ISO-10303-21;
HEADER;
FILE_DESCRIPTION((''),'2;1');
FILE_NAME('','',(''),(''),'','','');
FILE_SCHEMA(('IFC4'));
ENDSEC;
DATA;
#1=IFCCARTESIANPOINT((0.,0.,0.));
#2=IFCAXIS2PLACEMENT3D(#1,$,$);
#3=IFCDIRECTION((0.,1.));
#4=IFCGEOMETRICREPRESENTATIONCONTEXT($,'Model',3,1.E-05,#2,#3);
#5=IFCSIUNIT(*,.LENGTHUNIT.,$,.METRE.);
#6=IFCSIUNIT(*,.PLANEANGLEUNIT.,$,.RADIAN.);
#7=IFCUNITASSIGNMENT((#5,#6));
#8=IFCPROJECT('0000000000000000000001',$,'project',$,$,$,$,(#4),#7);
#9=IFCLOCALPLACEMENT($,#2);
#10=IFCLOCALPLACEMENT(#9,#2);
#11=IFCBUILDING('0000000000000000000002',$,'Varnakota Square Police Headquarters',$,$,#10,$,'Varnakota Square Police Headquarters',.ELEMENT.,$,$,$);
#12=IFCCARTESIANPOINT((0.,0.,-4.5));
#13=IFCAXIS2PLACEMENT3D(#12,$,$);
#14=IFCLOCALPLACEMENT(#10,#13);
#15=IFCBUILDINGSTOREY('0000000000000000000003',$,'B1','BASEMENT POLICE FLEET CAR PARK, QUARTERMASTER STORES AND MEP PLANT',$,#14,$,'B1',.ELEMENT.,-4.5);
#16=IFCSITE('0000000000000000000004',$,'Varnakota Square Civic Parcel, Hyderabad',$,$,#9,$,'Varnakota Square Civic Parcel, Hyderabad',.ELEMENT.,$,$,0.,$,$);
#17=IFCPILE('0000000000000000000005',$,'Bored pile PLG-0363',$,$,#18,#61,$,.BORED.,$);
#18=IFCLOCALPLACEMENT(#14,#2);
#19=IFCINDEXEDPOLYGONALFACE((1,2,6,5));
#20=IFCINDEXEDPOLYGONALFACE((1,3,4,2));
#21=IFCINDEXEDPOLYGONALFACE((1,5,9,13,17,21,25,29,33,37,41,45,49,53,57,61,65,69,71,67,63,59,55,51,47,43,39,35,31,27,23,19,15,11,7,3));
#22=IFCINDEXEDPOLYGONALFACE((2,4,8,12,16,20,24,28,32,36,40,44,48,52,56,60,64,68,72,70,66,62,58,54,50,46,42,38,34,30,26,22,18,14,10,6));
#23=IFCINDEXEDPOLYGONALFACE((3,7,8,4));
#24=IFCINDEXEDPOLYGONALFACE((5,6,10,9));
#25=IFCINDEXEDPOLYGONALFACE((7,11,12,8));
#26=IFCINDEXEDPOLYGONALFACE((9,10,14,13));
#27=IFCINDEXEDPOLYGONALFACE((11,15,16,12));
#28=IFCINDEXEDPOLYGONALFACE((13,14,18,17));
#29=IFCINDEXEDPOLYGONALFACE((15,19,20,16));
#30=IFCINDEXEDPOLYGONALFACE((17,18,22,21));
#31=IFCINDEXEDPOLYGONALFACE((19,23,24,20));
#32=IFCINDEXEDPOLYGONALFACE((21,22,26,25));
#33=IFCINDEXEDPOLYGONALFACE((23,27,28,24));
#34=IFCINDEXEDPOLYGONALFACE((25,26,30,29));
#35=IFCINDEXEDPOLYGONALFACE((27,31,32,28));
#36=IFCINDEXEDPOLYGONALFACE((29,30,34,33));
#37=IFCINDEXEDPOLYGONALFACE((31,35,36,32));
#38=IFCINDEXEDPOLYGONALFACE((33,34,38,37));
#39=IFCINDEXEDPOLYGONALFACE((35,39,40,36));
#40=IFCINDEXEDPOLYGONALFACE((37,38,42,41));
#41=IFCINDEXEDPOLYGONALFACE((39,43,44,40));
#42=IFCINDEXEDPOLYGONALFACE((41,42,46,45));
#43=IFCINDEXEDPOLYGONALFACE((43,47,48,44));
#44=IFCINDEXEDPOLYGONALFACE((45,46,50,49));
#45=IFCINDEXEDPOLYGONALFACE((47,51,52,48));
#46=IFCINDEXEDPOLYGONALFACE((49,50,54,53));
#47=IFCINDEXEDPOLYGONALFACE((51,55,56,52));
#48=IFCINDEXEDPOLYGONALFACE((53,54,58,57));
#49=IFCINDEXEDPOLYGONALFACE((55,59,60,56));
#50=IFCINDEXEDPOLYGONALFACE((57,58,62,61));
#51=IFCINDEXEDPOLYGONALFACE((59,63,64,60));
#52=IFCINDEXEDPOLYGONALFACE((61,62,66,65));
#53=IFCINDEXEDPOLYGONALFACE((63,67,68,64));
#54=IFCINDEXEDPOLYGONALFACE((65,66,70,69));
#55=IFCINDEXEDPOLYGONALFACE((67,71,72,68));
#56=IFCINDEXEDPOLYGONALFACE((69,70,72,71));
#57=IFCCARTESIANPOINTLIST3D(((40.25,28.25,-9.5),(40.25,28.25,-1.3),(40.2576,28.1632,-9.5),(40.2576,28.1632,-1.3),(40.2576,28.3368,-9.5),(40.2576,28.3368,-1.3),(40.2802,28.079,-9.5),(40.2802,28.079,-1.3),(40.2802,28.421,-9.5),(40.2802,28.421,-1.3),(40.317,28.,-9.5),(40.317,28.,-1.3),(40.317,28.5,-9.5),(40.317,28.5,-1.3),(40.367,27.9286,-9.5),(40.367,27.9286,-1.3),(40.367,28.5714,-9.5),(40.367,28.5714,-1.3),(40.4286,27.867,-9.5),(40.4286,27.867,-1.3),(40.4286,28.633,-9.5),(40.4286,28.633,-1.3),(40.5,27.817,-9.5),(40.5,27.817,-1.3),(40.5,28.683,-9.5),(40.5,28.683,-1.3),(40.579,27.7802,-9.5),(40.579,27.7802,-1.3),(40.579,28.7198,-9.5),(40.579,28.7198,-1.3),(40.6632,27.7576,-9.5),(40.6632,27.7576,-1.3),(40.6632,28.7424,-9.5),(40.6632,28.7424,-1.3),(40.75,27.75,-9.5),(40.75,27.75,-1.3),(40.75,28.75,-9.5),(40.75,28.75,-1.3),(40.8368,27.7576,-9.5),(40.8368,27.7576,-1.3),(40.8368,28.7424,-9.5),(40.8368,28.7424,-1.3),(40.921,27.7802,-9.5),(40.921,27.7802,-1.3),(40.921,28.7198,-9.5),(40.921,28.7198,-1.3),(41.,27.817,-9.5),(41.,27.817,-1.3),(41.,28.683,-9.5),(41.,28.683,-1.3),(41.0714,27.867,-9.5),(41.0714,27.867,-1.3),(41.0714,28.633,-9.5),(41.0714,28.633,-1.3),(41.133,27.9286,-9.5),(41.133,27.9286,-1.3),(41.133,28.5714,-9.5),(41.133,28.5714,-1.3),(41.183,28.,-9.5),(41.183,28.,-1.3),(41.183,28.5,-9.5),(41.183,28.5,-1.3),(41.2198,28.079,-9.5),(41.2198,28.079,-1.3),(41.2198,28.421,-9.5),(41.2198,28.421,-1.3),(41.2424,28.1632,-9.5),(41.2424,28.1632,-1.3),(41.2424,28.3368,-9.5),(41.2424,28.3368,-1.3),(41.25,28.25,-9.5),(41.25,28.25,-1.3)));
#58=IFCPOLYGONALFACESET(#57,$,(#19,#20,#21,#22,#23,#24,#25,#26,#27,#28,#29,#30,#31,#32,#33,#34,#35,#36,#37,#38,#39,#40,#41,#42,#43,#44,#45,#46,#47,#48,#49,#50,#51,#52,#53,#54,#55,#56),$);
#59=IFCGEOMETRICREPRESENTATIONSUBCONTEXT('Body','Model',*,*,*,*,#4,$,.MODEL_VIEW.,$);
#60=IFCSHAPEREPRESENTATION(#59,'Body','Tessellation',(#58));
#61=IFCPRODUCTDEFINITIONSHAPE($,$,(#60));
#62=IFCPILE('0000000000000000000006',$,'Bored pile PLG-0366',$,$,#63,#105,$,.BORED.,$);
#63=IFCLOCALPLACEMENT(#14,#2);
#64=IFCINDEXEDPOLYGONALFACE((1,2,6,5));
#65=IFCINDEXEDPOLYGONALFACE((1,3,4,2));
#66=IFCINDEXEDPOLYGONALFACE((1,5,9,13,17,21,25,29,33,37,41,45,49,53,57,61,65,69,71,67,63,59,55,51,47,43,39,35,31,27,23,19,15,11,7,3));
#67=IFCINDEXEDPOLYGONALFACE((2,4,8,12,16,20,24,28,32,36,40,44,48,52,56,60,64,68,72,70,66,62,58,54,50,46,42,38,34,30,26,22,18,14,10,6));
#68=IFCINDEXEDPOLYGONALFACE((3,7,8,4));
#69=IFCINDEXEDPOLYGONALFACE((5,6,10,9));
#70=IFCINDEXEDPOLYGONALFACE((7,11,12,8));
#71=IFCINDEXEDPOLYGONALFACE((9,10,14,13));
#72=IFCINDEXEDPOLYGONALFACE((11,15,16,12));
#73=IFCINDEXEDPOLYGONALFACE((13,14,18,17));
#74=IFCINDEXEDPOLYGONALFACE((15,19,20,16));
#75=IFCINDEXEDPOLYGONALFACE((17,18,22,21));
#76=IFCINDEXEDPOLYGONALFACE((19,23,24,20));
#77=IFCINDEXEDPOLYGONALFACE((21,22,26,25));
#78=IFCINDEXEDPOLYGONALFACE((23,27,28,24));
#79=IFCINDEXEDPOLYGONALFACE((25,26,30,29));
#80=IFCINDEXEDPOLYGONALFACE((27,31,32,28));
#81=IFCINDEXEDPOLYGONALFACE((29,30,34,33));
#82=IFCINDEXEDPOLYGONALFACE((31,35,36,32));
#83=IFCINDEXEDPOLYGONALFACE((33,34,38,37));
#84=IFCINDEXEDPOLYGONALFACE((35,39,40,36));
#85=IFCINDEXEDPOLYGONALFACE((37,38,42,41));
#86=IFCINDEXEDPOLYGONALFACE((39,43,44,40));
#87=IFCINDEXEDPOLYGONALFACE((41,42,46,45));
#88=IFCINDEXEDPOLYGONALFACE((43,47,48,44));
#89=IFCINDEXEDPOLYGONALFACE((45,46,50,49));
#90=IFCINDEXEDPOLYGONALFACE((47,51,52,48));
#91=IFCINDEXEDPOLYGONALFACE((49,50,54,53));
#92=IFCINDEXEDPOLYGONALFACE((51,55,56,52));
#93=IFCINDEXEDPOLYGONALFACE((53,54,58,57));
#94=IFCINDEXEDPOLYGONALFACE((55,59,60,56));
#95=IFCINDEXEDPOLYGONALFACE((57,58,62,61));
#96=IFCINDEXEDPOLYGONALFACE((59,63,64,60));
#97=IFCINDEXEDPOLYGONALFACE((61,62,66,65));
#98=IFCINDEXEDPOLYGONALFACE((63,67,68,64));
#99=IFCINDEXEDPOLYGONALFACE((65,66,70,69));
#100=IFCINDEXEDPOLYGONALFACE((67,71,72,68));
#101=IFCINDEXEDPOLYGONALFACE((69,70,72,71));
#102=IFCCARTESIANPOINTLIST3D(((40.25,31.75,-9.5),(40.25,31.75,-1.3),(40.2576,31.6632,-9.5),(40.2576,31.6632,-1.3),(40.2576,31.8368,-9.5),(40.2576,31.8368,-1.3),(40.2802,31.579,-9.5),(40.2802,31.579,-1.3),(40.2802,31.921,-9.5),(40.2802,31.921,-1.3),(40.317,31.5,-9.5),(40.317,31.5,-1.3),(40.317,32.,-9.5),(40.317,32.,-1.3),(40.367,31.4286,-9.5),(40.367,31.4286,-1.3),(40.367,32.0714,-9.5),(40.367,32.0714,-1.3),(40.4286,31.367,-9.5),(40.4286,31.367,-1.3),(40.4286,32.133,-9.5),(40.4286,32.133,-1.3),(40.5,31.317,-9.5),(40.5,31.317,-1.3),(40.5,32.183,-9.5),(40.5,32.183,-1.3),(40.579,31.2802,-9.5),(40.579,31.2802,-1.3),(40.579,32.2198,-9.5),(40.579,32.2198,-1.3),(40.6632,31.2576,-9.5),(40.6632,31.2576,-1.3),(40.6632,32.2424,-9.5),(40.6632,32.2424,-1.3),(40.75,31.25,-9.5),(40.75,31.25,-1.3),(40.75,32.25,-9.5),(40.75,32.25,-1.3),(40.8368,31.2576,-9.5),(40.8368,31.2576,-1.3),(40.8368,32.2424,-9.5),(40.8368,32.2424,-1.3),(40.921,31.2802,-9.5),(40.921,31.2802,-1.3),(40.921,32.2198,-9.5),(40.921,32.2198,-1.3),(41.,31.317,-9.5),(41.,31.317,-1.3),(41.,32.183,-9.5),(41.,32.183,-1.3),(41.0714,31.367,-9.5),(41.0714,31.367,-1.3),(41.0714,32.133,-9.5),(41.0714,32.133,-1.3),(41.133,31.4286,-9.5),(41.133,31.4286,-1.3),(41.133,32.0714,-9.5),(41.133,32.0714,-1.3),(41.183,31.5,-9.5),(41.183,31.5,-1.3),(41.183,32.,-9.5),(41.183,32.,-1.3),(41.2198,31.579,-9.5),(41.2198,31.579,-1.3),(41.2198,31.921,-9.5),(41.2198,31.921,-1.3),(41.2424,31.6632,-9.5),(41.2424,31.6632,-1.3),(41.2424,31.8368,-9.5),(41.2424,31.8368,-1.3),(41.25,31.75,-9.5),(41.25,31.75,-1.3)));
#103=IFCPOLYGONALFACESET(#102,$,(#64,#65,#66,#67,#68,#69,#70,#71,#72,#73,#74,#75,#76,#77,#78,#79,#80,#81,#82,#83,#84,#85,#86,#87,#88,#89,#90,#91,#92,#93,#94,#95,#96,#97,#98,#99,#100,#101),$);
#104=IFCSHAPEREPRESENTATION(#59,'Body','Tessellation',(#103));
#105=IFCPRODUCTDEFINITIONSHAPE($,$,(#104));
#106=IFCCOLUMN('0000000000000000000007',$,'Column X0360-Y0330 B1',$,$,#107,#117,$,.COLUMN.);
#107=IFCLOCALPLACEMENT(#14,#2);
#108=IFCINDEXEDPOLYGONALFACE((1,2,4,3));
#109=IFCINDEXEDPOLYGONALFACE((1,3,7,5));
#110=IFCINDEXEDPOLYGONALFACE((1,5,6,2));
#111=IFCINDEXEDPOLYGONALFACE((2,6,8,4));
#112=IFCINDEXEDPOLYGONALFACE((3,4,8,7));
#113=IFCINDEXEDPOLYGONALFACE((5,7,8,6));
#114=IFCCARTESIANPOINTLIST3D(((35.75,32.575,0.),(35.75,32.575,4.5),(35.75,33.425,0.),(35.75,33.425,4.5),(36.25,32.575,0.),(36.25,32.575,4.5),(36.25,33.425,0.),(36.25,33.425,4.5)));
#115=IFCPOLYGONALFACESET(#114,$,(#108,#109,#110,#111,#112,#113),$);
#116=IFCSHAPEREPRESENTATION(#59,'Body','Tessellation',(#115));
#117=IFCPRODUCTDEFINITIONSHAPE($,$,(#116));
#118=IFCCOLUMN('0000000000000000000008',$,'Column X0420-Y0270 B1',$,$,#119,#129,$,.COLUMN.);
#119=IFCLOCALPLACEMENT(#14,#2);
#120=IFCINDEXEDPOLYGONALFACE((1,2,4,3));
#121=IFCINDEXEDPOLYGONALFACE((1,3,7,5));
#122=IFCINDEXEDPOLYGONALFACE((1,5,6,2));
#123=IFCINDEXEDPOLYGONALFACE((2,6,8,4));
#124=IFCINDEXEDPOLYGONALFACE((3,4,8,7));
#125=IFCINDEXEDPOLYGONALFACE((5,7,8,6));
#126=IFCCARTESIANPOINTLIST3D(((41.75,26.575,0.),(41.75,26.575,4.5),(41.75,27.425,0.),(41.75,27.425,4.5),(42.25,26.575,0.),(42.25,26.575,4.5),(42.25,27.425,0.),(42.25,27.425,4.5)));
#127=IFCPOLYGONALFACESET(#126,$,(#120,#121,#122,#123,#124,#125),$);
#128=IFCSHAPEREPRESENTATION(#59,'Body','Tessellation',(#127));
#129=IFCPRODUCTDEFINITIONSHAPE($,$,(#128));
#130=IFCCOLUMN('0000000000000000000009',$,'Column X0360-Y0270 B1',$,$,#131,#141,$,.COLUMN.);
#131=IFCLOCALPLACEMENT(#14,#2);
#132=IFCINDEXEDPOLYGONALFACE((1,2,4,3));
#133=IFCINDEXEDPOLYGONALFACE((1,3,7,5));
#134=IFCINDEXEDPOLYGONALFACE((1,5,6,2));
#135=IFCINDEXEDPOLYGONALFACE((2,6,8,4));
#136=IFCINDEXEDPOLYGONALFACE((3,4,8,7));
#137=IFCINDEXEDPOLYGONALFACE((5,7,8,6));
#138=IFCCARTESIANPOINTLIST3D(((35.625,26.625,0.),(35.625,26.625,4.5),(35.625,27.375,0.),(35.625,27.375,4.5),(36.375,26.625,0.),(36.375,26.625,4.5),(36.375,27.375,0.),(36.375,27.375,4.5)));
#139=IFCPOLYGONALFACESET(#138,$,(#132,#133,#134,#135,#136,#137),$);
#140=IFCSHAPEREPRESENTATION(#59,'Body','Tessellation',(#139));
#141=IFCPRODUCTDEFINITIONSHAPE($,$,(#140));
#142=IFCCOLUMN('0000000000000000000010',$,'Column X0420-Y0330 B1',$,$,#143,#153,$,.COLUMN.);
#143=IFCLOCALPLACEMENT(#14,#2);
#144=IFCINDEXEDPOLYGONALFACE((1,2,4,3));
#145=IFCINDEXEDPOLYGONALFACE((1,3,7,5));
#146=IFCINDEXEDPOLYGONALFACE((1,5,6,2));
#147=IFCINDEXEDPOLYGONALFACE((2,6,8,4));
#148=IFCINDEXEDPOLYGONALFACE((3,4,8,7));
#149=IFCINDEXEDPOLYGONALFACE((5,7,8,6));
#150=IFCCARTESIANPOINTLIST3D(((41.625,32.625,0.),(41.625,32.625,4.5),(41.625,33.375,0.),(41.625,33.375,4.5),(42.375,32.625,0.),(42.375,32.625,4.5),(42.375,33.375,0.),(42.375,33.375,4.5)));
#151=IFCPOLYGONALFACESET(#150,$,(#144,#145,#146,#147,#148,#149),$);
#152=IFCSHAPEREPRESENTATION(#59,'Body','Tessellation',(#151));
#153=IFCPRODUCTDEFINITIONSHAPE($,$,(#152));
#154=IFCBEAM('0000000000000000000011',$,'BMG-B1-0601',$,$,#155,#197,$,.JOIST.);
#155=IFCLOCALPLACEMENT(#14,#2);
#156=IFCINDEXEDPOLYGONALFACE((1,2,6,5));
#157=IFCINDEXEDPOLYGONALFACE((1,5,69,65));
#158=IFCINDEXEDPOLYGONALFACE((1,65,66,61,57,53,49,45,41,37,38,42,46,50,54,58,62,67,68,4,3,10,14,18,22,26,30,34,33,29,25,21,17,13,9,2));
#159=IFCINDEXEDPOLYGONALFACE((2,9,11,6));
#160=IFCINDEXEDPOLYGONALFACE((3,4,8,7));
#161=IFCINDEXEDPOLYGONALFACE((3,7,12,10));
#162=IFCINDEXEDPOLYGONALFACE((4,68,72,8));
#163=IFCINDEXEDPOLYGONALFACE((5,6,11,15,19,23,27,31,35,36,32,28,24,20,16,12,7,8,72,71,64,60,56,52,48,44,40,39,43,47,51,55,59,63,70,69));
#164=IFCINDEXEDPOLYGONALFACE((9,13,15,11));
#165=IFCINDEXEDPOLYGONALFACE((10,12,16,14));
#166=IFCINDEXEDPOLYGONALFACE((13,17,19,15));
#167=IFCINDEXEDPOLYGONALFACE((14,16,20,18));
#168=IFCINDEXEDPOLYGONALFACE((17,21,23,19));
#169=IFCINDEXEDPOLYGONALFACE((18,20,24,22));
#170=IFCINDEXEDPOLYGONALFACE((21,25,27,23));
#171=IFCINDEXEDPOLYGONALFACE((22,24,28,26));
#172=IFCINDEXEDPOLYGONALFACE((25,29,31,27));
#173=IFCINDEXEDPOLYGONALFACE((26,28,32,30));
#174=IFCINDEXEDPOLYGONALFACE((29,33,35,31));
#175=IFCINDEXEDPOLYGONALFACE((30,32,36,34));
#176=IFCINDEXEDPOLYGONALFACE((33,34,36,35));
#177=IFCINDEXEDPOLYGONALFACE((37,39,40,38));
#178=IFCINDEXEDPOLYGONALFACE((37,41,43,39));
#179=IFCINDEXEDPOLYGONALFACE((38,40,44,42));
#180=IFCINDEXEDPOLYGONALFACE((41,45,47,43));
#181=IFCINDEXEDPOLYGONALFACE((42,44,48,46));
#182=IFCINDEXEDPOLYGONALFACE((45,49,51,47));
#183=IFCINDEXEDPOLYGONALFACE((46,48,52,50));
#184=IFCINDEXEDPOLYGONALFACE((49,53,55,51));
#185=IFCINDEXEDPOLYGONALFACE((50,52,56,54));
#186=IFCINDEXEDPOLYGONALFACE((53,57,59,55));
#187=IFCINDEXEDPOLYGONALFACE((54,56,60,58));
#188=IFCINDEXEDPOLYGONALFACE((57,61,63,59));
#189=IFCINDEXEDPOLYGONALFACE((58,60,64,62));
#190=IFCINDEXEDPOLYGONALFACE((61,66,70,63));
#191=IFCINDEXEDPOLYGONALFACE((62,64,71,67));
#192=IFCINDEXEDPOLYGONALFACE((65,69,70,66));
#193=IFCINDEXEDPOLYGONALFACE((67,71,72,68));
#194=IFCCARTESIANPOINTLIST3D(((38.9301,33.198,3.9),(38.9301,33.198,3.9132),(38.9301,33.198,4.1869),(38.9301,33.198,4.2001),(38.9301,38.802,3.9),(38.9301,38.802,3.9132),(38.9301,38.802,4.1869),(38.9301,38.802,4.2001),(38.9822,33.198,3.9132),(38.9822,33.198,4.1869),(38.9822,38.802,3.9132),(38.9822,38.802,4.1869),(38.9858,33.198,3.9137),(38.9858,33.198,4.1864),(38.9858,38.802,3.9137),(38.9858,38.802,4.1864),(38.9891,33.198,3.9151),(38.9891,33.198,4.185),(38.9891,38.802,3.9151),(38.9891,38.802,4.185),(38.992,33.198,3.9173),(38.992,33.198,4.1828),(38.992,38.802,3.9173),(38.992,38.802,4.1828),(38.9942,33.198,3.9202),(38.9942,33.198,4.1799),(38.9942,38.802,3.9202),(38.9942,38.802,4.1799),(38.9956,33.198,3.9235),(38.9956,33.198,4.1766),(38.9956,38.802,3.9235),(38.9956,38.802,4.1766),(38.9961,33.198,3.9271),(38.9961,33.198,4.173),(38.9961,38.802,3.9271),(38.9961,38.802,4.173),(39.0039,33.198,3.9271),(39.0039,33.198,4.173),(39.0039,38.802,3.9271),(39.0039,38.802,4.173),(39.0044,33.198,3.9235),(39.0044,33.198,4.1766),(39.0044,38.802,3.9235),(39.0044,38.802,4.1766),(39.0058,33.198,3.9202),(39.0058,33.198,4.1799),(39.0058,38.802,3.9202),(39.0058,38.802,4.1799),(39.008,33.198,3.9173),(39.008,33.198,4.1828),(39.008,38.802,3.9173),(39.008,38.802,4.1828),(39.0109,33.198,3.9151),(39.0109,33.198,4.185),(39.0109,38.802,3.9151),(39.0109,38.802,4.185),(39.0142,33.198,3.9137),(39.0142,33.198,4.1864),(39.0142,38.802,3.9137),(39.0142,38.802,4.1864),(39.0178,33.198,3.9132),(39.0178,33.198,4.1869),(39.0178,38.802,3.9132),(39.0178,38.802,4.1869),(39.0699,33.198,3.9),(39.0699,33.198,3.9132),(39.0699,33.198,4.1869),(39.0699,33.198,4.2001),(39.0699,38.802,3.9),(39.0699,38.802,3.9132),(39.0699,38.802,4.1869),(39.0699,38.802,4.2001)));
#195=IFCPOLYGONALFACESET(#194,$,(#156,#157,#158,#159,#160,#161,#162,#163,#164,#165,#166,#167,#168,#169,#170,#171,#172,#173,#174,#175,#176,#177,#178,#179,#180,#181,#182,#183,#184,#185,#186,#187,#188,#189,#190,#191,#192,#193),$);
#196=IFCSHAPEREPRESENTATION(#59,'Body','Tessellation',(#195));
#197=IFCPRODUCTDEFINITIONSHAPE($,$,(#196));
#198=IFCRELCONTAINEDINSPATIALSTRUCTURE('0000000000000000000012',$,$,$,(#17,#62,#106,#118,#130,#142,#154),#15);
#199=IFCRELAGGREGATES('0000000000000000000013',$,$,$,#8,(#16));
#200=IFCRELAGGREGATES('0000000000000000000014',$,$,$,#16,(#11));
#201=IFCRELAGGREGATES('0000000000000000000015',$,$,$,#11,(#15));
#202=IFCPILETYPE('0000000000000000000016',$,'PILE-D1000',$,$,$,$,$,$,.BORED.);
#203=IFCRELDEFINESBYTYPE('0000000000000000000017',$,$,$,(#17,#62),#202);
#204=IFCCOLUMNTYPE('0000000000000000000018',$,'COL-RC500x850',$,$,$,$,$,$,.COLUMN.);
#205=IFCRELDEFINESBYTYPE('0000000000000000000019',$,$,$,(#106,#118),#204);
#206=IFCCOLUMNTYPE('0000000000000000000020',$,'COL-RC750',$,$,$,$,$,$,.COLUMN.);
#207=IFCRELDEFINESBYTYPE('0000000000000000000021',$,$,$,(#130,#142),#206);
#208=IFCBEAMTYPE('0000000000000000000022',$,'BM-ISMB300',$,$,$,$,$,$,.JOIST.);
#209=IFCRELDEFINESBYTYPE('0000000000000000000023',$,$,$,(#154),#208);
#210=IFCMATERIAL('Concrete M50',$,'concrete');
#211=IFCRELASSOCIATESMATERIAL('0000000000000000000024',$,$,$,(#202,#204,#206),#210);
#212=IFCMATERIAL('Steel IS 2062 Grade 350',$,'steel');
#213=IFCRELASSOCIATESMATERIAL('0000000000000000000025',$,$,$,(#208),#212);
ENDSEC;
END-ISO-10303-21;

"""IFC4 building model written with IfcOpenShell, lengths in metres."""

from ifc_helpers import new_model, si_unit, direction, frame, origin, origin_2d, place, context, subcontext, project, spatial, rectangle, circle, i_section, extrude, material, material_profile, profile_set, type_object, element, save


model = new_model("IFC4")

# Units and contexts
model_context = context("Model", 3, precision=1e-05, world=origin(), true_north=direction((0.0, 1.0)))
body_context = subcontext(model_context, "Body", "Model", "MODEL_VIEW")
ifc_project = project(units=[si_unit("LENGTHUNIT", "METRE"), si_unit("PLANEANGLEUNIT", "RADIAN")], contexts=[model_context])

# Site, building, storey
site_placement = place(None, origin())
site = spatial("IfcSite", under=ifc_project, at=site_placement, Name="Varnakota Square Civic Parcel, Hyderabad", LongName="Varnakota Square Civic Parcel, Hyderabad", CompositionType="ELEMENT", RefElevation=0.0)
building_placement = place(site_placement, origin())
building = spatial("IfcBuilding", under=site, at=building_placement, Name="Varnakota Square Police Headquarters", LongName="Varnakota Square Police Headquarters", CompositionType="ELEMENT")
storey_placement = place(building_placement, frame((0.0, 0.0, -4.5)))
storey = spatial("IfcBuildingStorey", under=building, at=storey_placement, Name="B1", Description="BASEMENT POLICE FLEET CAR PARK, QUARTERMASTER STORES AND MEP PLANT", LongName="B1", CompositionType="ELEMENT", Elevation=-4.5)

# Shared definitions
ifc_material_1 = material(Name="Concrete M50", Category="concrete")

# Piles
ifc_material_profile_1 = material_profile(ifc_material_1, circle(Radius=0.5, at=origin_2d()), Name="BORED PILE 1000")
ifc_profile_set_1 = profile_set([ifc_material_profile_1], Name="Concrete M50")
pile_type = type_object("IfcPileType", Name="PILE-D1000", PredefinedType="BORED", material=ifc_profile_set_1)
for number, where, z_axis, x_axis, name in (
    (1, (40.75, 28.25, -1.3), (0.0, 0.0, -1.0), (1.0, 0.0, 0.0), "Bored pile PLG-0363"),
    (2, (40.75, 31.75, -1.3), (0.0, 0.0, -1.0), (1.0, 0.0, 0.0), "Bored pile PLG-0366"),
):
    element("IfcPile", number, at=place(storey_placement, frame(where, z_axis=z_axis, x_axis=x_axis)), inside=storey, type_object=pile_type, Name=name, PredefinedType="BORED", context=body_context, shape_type="SweptSolid", body=[
        extrude(circle(Radius=0.5, at=origin_2d()), origin(), (0.0, 0.0, 1.0), 8.2),
    ])

# Columns
ifc_material_profile_2 = material_profile(ifc_material_1, rectangle(XDim=0.5, YDim=0.8501, at=origin_2d()), Name="RC 500x850")
ifc_profile_set_2 = profile_set([ifc_material_profile_2], Name="Concrete M50")
column_type_1 = type_object("IfcColumnType", Name="COL-RC500x850", PredefinedType="COLUMN", material=ifc_profile_set_2)
for number, where, z_axis, x_axis, name in (
    (3, (36.0, 33.0, 0.0), (0.0, 0.0, 1.0), (1.0, 0.0, 0.0), "Column X0360-Y0330 B1"),
    (4, (42.0, 27.0, 0.0), (0.0, 0.0, 1.0), (1.0, 0.0, 0.0), "Column X0420-Y0270 B1"),
):
    element("IfcColumn", number, at=place(storey_placement, frame(where, z_axis=z_axis, x_axis=x_axis)), inside=storey, type_object=column_type_1, Name=name, PredefinedType="COLUMN", context=body_context, shape_type="SweptSolid", body=[
        extrude(rectangle(XDim=0.5, YDim=0.8501, at=origin_2d()), origin(), (0.0, 0.0, 1.0), 4.5),
    ])
ifc_material_profile_3 = material_profile(ifc_material_1, rectangle(XDim=0.75, YDim=0.75, at=origin_2d()), Name="RC 750x750")
ifc_profile_set_3 = profile_set([ifc_material_profile_3], Name="Concrete M50")
column_type_2 = type_object("IfcColumnType", Name="COL-RC750", PredefinedType="COLUMN", material=ifc_profile_set_3)
for number, where, z_axis, x_axis, name in (
    (5, (36.0, 27.0, 0.0), (0.0, 0.0, 1.0), (1.0, 0.0, 0.0), "Column X0360-Y0270 B1"),
    (6, (42.0, 33.0, 0.0), (0.0, 0.0, 1.0), (1.0, 0.0, 0.0), "Column X0420-Y0330 B1"),
):
    element("IfcColumn", number, at=place(storey_placement, frame(where, z_axis=z_axis, x_axis=x_axis)), inside=storey, type_object=column_type_2, Name=name, PredefinedType="COLUMN", context=body_context, shape_type="SweptSolid", body=[
        extrude(rectangle(XDim=0.75, YDim=0.75, at=origin_2d()), origin(), (0.0, 0.0, 1.0), 4.5),
    ])

# Beam
ifc_material_2 = material(Name="Steel IS 2062 Grade 350", Category="steel")
ifc_material_profile_4 = material_profile(ifc_material_2, i_section(OverallWidth=0.1399, OverallDepth=0.3, WebThickness=0.0078, FlangeThickness=0.0132, FilletRadius=0.0139, at=origin_2d()), Name="ISMB 300")
ifc_profile_set_4 = profile_set([ifc_material_profile_4], Name="Steel IS 2062 Grade 350")
beam_type_1 = type_object("IfcBeamType", Name="BM-ISMB300", PredefinedType="JOIST", material=ifc_profile_set_4)
beam_1_placement = place(storey_placement, frame((39.0, 33.198, 4.05), z_axis=(0.0, 1.0, 0.0), x_axis=(-1.0, 0.0, 0.0)))
element("IfcBeam", 7, at=beam_1_placement, inside=storey, type_object=beam_type_1, Name="BMG-B1-0601", PredefinedType="JOIST", context=body_context, shape_type="SweptSolid", body=[
    extrude(i_section(OverallWidth=0.1399, OverallDepth=0.3, WebThickness=0.0078, FlangeThickness=0.0132, FilletRadius=0.0139, at=origin_2d()), origin(), (0.0, 0.0, 1.0), 5.604),
])

save(model, "model.ifc")
